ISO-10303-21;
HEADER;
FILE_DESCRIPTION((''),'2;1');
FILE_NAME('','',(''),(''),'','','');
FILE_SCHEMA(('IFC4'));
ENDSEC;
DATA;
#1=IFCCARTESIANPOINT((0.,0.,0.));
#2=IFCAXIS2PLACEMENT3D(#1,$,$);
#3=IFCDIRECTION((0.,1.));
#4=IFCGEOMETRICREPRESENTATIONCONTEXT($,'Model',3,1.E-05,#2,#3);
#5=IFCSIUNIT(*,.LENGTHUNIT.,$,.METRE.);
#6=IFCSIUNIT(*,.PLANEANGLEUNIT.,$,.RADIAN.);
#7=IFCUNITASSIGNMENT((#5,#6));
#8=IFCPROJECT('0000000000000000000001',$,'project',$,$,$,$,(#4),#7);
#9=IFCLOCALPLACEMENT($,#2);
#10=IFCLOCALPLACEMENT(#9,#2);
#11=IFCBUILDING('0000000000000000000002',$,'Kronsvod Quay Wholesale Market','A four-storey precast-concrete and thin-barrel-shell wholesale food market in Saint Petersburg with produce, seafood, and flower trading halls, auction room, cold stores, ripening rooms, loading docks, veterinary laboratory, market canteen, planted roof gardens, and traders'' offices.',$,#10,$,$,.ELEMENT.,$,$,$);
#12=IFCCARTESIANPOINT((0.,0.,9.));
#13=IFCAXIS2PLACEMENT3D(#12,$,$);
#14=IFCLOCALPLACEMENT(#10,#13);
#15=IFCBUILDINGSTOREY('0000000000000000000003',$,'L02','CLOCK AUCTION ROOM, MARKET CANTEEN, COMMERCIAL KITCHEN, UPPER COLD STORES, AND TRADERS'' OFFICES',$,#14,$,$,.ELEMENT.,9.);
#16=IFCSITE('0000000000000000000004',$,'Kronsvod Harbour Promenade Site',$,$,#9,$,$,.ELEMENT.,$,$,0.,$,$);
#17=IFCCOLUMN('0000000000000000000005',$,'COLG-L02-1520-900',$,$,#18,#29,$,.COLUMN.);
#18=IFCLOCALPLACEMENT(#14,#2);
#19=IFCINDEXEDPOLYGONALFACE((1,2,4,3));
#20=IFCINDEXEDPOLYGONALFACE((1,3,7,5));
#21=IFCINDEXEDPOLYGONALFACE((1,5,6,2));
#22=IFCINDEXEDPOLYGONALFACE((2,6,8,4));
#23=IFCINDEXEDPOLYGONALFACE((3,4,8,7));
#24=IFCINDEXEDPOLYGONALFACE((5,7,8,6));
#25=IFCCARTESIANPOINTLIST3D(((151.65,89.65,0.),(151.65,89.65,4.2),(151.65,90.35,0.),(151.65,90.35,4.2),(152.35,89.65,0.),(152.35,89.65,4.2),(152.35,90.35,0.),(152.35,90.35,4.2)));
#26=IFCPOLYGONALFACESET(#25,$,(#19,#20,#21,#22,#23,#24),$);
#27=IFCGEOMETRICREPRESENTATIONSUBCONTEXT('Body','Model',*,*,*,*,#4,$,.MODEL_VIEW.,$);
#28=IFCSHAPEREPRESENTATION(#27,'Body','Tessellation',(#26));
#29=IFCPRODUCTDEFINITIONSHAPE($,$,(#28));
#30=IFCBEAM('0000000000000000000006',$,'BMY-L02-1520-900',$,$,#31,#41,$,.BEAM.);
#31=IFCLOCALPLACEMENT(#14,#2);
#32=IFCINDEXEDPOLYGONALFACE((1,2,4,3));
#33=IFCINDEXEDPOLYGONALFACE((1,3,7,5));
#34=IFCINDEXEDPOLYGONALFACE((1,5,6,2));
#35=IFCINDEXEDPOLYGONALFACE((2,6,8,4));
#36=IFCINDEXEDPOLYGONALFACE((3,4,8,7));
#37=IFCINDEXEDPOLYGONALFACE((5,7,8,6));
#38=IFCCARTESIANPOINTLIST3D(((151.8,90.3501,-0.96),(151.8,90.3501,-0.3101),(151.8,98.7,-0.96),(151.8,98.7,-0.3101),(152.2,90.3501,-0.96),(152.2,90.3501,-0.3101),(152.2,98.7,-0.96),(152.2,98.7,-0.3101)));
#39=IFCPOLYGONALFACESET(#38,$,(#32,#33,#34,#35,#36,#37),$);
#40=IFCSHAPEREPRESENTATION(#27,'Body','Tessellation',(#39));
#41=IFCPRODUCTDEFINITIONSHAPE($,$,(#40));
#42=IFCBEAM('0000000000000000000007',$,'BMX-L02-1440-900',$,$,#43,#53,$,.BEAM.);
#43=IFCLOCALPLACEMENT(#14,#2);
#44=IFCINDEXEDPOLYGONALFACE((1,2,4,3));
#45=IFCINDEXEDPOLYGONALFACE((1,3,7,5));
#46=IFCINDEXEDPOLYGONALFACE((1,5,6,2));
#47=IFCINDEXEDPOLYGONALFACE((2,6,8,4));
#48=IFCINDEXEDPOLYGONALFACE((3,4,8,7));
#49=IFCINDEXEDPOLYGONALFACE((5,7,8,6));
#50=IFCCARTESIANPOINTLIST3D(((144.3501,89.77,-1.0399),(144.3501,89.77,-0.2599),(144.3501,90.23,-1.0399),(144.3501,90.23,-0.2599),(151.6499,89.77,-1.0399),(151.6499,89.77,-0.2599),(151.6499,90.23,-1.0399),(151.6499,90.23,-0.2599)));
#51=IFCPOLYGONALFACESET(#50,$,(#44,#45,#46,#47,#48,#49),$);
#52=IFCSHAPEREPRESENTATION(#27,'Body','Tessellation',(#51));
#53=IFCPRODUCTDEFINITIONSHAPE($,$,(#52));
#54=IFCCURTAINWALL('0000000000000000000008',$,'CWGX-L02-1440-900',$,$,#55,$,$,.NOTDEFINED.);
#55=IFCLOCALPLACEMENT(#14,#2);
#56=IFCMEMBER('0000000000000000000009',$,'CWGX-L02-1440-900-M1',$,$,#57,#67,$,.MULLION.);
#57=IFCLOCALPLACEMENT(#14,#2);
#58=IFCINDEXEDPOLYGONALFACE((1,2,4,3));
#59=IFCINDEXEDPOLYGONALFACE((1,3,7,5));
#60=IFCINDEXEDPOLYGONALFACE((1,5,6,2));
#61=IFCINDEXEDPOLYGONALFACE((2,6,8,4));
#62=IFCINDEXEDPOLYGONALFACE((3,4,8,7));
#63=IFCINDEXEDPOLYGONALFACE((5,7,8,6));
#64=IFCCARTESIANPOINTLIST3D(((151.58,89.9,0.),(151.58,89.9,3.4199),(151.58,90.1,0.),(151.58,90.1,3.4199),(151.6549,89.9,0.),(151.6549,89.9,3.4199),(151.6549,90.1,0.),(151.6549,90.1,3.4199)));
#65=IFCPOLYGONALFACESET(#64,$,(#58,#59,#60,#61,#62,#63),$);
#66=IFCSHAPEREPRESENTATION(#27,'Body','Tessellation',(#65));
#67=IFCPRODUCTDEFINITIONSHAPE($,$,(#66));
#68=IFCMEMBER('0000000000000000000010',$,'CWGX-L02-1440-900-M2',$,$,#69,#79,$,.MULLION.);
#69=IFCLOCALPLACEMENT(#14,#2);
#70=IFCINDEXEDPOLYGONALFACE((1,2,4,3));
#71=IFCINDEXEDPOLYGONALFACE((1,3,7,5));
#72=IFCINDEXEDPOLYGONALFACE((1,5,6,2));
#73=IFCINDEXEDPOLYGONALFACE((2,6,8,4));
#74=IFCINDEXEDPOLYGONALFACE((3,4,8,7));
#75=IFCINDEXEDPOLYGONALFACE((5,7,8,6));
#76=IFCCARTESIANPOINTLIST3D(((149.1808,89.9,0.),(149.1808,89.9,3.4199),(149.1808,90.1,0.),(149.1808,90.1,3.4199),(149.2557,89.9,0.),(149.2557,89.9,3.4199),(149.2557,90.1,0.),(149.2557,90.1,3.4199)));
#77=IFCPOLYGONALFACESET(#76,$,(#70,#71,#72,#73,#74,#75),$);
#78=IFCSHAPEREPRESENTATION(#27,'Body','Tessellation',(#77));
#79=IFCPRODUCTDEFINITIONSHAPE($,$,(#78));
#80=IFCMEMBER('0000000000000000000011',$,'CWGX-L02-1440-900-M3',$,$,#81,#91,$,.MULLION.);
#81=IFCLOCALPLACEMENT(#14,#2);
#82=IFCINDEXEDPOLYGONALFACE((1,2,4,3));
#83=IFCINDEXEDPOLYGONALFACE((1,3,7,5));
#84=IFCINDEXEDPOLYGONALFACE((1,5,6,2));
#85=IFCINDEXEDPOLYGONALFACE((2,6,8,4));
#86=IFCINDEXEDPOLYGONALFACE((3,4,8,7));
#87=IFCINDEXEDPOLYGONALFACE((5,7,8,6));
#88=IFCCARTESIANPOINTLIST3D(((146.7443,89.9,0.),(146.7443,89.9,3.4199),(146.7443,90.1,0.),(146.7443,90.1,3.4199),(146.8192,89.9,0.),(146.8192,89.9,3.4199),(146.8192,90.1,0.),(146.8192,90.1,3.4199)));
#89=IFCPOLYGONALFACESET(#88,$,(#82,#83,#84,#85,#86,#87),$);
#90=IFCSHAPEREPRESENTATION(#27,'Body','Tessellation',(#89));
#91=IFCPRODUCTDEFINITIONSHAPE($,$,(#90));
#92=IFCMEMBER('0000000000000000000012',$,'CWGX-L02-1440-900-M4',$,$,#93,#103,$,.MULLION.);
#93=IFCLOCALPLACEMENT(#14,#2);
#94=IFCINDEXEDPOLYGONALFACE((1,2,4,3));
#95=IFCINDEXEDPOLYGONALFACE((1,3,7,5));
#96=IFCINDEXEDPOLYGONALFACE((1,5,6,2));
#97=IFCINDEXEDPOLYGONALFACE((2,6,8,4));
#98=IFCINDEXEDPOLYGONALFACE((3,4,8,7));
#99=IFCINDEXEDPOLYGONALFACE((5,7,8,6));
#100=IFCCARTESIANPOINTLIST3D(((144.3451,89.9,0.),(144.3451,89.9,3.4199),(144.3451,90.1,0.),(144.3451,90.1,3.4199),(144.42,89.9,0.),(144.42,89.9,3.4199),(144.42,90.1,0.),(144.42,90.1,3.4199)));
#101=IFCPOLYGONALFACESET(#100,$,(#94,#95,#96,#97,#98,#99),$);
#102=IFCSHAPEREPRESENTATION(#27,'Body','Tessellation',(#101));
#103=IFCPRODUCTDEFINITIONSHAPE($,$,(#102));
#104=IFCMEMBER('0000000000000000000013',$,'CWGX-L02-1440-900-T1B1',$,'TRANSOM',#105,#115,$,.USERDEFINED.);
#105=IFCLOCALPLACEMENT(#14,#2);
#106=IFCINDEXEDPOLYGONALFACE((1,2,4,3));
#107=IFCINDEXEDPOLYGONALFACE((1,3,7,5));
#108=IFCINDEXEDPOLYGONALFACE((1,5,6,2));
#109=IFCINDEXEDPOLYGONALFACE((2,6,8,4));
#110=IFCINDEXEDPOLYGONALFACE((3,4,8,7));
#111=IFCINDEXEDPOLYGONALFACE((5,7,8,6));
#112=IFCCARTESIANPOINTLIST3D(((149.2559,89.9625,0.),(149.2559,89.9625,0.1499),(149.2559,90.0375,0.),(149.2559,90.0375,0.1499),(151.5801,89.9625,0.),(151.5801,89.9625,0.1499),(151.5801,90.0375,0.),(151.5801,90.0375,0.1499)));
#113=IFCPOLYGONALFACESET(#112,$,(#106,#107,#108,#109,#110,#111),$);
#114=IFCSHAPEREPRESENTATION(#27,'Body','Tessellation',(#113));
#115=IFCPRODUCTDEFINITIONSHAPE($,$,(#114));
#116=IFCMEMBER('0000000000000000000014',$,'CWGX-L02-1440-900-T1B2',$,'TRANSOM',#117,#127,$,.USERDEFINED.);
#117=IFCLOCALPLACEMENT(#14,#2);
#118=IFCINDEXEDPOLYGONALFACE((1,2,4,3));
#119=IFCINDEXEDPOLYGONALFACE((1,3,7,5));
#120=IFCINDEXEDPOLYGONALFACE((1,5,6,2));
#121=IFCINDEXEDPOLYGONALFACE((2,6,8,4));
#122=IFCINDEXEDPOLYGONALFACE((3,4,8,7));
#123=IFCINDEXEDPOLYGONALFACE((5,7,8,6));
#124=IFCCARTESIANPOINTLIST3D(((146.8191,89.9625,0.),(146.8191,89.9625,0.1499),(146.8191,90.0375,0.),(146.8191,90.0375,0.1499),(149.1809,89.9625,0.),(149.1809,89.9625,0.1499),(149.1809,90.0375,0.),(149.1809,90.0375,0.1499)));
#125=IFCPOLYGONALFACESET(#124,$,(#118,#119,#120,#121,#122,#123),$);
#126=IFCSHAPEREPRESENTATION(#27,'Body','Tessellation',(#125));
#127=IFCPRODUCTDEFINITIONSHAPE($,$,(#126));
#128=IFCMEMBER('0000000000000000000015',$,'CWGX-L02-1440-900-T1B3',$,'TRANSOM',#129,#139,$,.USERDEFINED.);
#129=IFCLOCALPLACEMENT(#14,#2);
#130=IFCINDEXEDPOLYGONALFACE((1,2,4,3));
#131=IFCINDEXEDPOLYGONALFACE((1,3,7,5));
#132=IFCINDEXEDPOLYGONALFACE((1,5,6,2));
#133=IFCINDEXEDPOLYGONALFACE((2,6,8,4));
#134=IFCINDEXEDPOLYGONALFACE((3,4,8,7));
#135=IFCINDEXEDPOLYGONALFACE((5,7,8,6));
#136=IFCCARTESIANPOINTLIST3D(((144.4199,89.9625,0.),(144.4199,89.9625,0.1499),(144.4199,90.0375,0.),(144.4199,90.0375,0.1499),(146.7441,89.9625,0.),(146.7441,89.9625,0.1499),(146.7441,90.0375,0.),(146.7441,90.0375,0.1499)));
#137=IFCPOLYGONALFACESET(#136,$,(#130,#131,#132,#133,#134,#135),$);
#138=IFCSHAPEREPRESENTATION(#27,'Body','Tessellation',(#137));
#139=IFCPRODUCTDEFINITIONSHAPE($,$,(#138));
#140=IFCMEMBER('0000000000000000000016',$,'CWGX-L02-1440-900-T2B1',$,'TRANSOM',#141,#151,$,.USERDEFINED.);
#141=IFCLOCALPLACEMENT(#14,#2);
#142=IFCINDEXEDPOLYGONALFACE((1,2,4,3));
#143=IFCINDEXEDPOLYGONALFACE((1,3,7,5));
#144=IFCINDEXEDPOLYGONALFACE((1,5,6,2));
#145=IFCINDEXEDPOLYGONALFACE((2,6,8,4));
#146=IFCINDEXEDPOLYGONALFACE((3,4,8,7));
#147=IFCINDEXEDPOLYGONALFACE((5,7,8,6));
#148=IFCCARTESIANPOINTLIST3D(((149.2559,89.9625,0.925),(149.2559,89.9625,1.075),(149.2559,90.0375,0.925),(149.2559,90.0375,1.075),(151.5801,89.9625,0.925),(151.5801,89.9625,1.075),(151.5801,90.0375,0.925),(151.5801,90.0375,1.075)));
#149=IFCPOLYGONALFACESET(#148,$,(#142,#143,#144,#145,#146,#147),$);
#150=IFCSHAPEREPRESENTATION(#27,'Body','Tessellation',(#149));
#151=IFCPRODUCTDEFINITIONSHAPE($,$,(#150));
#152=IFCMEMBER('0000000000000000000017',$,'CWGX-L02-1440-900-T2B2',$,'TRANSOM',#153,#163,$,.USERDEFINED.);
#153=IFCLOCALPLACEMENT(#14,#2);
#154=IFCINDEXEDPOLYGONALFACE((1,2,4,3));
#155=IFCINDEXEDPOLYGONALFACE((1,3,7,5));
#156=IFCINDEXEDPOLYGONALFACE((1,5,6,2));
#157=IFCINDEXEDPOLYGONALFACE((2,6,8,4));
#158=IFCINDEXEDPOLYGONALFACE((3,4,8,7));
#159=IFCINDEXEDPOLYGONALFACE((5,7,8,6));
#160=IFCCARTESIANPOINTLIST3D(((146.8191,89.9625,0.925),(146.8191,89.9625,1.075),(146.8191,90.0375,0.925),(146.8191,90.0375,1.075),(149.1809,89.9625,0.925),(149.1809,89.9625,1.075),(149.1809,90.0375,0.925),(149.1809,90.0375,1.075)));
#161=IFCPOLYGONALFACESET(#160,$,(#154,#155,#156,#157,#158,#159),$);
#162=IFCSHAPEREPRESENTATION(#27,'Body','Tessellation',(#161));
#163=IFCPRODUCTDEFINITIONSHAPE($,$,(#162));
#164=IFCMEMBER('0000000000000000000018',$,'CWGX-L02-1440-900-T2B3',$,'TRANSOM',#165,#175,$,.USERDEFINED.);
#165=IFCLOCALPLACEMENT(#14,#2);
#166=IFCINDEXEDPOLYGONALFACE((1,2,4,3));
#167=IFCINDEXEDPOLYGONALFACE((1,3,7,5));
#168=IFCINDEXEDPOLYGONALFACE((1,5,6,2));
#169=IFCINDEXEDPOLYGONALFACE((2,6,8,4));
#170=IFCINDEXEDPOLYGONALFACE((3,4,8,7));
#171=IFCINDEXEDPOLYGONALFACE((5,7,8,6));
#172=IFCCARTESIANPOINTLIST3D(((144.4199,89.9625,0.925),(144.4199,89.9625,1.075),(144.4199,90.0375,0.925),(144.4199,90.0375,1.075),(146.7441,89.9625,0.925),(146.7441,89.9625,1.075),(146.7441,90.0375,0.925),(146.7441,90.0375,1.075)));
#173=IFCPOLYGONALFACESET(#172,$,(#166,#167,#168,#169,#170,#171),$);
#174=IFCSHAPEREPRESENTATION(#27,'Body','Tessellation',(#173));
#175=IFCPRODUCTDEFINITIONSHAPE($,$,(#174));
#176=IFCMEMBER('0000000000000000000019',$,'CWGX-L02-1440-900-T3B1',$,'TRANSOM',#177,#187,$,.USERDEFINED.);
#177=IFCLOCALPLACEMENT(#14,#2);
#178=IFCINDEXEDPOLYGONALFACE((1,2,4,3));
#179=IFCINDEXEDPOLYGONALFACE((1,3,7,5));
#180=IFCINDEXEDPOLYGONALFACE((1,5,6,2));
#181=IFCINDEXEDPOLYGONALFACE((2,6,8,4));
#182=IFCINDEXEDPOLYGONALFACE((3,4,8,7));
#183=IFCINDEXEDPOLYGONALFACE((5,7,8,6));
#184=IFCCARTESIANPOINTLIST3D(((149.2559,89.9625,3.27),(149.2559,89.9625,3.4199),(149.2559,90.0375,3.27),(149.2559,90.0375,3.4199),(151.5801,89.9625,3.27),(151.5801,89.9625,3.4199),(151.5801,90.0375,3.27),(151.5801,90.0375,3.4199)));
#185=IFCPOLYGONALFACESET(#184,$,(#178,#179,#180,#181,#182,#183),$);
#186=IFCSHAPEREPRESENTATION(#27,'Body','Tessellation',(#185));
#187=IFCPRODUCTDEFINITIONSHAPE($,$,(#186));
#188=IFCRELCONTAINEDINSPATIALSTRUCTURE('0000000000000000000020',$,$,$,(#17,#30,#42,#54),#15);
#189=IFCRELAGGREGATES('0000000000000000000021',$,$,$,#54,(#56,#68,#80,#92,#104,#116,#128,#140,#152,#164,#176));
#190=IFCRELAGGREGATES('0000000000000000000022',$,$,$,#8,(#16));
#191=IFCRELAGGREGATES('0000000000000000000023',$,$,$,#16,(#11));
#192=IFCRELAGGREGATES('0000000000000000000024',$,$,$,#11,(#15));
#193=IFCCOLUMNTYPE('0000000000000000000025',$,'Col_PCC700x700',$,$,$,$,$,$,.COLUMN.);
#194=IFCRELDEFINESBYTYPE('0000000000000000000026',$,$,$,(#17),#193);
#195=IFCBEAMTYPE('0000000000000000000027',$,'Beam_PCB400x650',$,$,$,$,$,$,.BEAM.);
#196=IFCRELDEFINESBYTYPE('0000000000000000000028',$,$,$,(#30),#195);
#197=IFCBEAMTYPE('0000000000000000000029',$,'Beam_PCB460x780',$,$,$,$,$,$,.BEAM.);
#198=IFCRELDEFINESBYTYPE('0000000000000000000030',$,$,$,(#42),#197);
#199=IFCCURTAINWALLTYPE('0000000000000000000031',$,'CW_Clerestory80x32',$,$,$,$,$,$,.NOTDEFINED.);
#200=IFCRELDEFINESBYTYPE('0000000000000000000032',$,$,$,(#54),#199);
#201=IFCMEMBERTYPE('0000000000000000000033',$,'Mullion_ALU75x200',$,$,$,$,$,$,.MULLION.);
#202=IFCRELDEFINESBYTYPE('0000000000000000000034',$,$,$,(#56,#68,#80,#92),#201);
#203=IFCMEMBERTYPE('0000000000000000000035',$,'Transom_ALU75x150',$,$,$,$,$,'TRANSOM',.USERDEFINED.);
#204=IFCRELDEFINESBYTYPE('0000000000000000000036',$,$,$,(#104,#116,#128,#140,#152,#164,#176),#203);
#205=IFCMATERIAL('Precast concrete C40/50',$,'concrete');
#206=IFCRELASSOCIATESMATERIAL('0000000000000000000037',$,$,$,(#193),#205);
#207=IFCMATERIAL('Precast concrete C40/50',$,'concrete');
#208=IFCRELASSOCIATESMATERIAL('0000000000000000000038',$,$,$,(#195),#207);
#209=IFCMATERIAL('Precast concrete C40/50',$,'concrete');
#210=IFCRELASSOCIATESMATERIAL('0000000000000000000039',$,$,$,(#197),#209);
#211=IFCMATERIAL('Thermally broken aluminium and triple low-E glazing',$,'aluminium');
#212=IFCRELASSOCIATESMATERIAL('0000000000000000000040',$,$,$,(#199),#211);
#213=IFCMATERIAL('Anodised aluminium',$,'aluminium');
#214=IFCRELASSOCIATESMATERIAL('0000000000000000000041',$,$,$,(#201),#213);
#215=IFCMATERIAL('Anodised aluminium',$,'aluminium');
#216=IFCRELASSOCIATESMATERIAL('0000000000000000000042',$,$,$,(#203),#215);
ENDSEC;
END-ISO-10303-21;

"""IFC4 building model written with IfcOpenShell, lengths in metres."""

from ifc_helpers import new_model, si_unit, direction, frame, origin, origin_2d, place, context, subcontext, project, spatial, rectangle, extrude, material, material_profile, profile_set, type_object, element, aggregate, save


model = new_model("IFC4")

# Units and contexts
model_context = context("Model", 3, precision=1e-05, world=origin(), true_north=direction((0.0, 1.0)))
body_context = subcontext(model_context, "Body", "Model", "MODEL_VIEW")
ifc_project = project(units=[si_unit("LENGTHUNIT", "METRE"), si_unit("PLANEANGLEUNIT", "RADIAN")], contexts=[model_context])

# Site, building, storey
site_placement = place(None, origin())
site = spatial("IfcSite", under=ifc_project, at=site_placement, Name="Kronsvod Harbour Promenade Site", CompositionType="ELEMENT", RefElevation=0.0)
building_placement = place(site_placement, origin())
building = spatial("IfcBuilding", under=site, at=building_placement, Name="Kronsvod Quay Wholesale Market", Description="A four-storey precast-concrete and thin-barrel-shell wholesale food market in Saint Petersburg with produce, seafood, and flower trading halls, auction room, cold stores, ripening rooms, loading docks, veterinary laboratory, market canteen, planted roof gardens, and traders' offices.", CompositionType="ELEMENT")
storey_placement = place(building_placement, frame((0.0, 0.0, 9.0)))
storey = spatial("IfcBuildingStorey", under=building, at=storey_placement, Name="L02", Description="CLOCK AUCTION ROOM, MARKET CANTEEN, COMMERCIAL KITCHEN, UPPER COLD STORES, AND TRADERS' OFFICES", CompositionType="ELEMENT", Elevation=9.0)

# Column
ifc_material_1 = material(Name="Precast concrete C40/50", Category="concrete")
ifc_material_profile_1 = material_profile(ifc_material_1, rectangle(XDim=0.7, YDim=0.7, at=origin_2d()), Name="PCC700x700")
ifc_profile_set_1 = profile_set([ifc_material_profile_1], Name="Precast concrete C40/50")
column_type = type_object("IfcColumnType", Name="Col_PCC700x700", PredefinedType="COLUMN", material=ifc_profile_set_1)
column_placement = place(storey_placement, frame((152.0, 90.0, 0.0), z_axis=(0.0, 0.0, 1.0), x_axis=(1.0, 0.0, 0.0)))
element("IfcColumn", 1, at=column_placement, inside=storey, type_object=column_type, Name="COLG-L02-1520-900", PredefinedType="COLUMN", context=body_context, shape_type="SweptSolid", body=[
    extrude(rectangle(XDim=0.7, YDim=0.7, at=origin_2d()), origin(), (0.0, 0.0, 1.0), 4.2),
])

# Beams
ifc_material_2 = material(Name="Precast concrete C40/50", Category="concrete")
ifc_material_profile_2 = material_profile(ifc_material_2, rectangle(XDim=0.3999, YDim=0.6499, at=origin_2d()), Name="PCB400x650")
ifc_profile_set_2 = profile_set([ifc_material_profile_2], Name="Precast concrete C40/50")
beam_type_1 = type_object("IfcBeamType", Name="Beam_PCB400x650", PredefinedType="BEAM", material=ifc_profile_set_2)
beam_1_placement = place(storey_placement, frame((152.0, 90.3501, -0.635), z_axis=(0.0, 1.0, 0.0), x_axis=(-1.0, 0.0, 0.0)))
element("IfcBeam", 2, at=beam_1_placement, inside=storey, type_object=beam_type_1, Name="BMY-L02-1520-900", PredefinedType="BEAM", context=body_context, shape_type="SweptSolid", body=[
    extrude(rectangle(XDim=0.3999, YDim=0.6499, at=origin_2d()), origin(), (0.0, 0.0, 1.0), 8.3499),
])
ifc_material_3 = material(Name="Precast concrete C40/50", Category="concrete")
ifc_material_profile_3 = material_profile(ifc_material_3, rectangle(XDim=0.46, YDim=0.78, at=origin_2d()), Name="PB-03")
ifc_profile_set_3 = profile_set([ifc_material_profile_3], Name="Precast concrete C40/50")
beam_type_2 = type_object("IfcBeamType", Name="Beam_PCB460x780", PredefinedType="BEAM", material=ifc_profile_set_3)
beam_2_placement = place(storey_placement, frame((144.3501, 90.0, -0.6499), z_axis=(1.0, 0.0, 0.0), x_axis=(0.0, 1.0, 0.0)))
element("IfcBeam", 3, at=beam_2_placement, inside=storey, type_object=beam_type_2, Name="BMX-L02-1440-900", PredefinedType="BEAM", context=body_context, shape_type="SweptSolid", body=[
    extrude(rectangle(XDim=0.46, YDim=0.78, at=origin_2d()), origin(), (0.0, 0.0, 1.0), 7.2998),
])

# Curtain wall, members
ifc_material_4 = material(Name="Thermally broken aluminium and triple low-E glazing", Category="aluminium")
curtain_wall_type = type_object("IfcCurtainWallType", Name="CW_Clerestory80x32", PredefinedType="NOTDEFINED", material=ifc_material_4)
curtain_wall_placement = place(storey_placement, origin())
curtain_wall = element("IfcCurtainWall", 4, at=curtain_wall_placement, inside=storey, type_object=curtain_wall_type, Name="CWGX-L02-1440-900", PredefinedType="NOTDEFINED")
ifc_material_5 = material(Name="Anodised aluminium", Category="aluminium")
ifc_material_profile_4 = material_profile(ifc_material_5, rectangle(XDim=0.075, YDim=0.2, at=origin_2d()), Name="ALUM75x200")
ifc_profile_set_4 = profile_set([ifc_material_profile_4], Name="Anodised aluminium")
member_type_1 = type_object("IfcMemberType", Name="Mullion_ALU75x200", PredefinedType="MULLION", material=ifc_profile_set_4)
member_1_placement = place(storey_placement, frame((151.6174, 90.0, 0.0), z_axis=(0.0, 0.0, 1.0), x_axis=(1.0, 0.0, 0.0)))
member_1 = element("IfcMember", 5, at=member_1_placement, type_object=member_type_1, Name="CWGX-L02-1440-900-M1", PredefinedType="MULLION", context=body_context, shape_type="SweptSolid", body=[
    extrude(rectangle(XDim=0.075, YDim=0.2, at=origin_2d()), origin(), (0.0, 0.0, 1.0), 3.4199),
])
member_2_placement = place(storey_placement, frame((149.2183, 90.0, 0.0), z_axis=(0.0, 0.0, 1.0), x_axis=(1.0, 0.0, 0.0)))
member_2 = element("IfcMember", 6, at=member_2_placement, type_object=member_type_1, Name="CWGX-L02-1440-900-M2", PredefinedType="MULLION", context=body_context, shape_type="SweptSolid", body=[
    extrude(rectangle(XDim=0.075, YDim=0.2, at=origin_2d()), origin(), (0.0, 0.0, 1.0), 3.4199),
])
member_3_placement = place(storey_placement, frame((146.7817, 90.0, 0.0), z_axis=(0.0, 0.0, 1.0), x_axis=(1.0, 0.0, 0.0)))
member_3 = element("IfcMember", 7, at=member_3_placement, type_object=member_type_1, Name="CWGX-L02-1440-900-M3", PredefinedType="MULLION", context=body_context, shape_type="SweptSolid", body=[
    extrude(rectangle(XDim=0.075, YDim=0.2, at=origin_2d()), origin(), (0.0, 0.0, 1.0), 3.4199),
])
member_4_placement = place(storey_placement, frame((144.3826, 90.0, 0.0), z_axis=(0.0, 0.0, 1.0), x_axis=(1.0, 0.0, 0.0)))
member_4 = element("IfcMember", 8, at=member_4_placement, type_object=member_type_1, Name="CWGX-L02-1440-900-M4", PredefinedType="MULLION", context=body_context, shape_type="SweptSolid", body=[
    extrude(rectangle(XDim=0.075, YDim=0.2, at=origin_2d()), origin(), (0.0, 0.0, 1.0), 3.4199),
])
ifc_material_6 = material(Name="Anodised aluminium", Category="aluminium")
ifc_material_profile_5 = material_profile(ifc_material_6, rectangle(XDim=0.075, YDim=0.1499, at=origin_2d()), Name="ALUT75x150")
ifc_profile_set_5 = profile_set([ifc_material_profile_5], Name="Anodised aluminium")
member_type_2 = type_object("IfcMemberType", Name="Transom_ALU75x150", ElementType="TRANSOM", PredefinedType="USERDEFINED", material=ifc_profile_set_5)
member_5_placement = place(storey_placement, frame((151.5801, 90.0, 0.075), z_axis=(-1.0, 0.0, 0.0), x_axis=(0.0, -1.0, 0.0)))
member_5 = element("IfcMember", 9, at=member_5_placement, type_object=member_type_2, Name="CWGX-L02-1440-900-T1B1", ObjectType="TRANSOM", PredefinedType="USERDEFINED", context=body_context, shape_type="SweptSolid", body=[
    extrude(rectangle(XDim=0.075, YDim=0.1499, at=origin_2d()), origin(), (0.0, 0.0, 1.0), 2.3242),
])
member_6_placement = place(storey_placement, frame((149.1809, 90.0, 0.075), z_axis=(-1.0, 0.0, 0.0), x_axis=(0.0, -1.0, 0.0)))
member_6 = element("IfcMember", 10, at=member_6_placement, type_object=member_type_2, Name="CWGX-L02-1440-900-T1B2", ObjectType="TRANSOM", PredefinedType="USERDEFINED", context=body_context, shape_type="SweptSolid", body=[
    extrude(rectangle(XDim=0.075, YDim=0.1499, at=origin_2d()), origin(), (0.0, 0.0, 1.0), 2.3618),
])
member_7_placement = place(storey_placement, frame((146.7441, 90.0, 0.075), z_axis=(-1.0, 0.0, 0.0), x_axis=(0.0, -1.0, 0.0)))
member_7 = element("IfcMember", 11, at=member_7_placement, type_object=member_type_2, Name="CWGX-L02-1440-900-T1B3", ObjectType="TRANSOM", PredefinedType="USERDEFINED", context=body_context, shape_type="SweptSolid", body=[
    extrude(rectangle(XDim=0.075, YDim=0.1499, at=origin_2d()), origin(), (0.0, 0.0, 1.0), 2.3242),
])
member_8_placement = place(storey_placement, frame((151.5801, 90.0, 1.0), z_axis=(-1.0, 0.0, 0.0), x_axis=(0.0, -1.0, 0.0)))
member_8 = element("IfcMember", 12, at=member_8_placement, type_object=member_type_2, Name="CWGX-L02-1440-900-T2B1", ObjectType="TRANSOM", PredefinedType="USERDEFINED", context=body_context, shape_type="SweptSolid", body=[
    extrude(rectangle(XDim=0.075, YDim=0.1499, at=origin_2d()), origin(), (0.0, 0.0, 1.0), 2.3242),
])
member_9_placement = place(storey_placement, frame((149.1809, 90.0, 1.0), z_axis=(-1.0, 0.0, 0.0), x_axis=(0.0, -1.0, 0.0)))
member_9 = element("IfcMember", 13, at=member_9_placement, type_object=member_type_2, Name="CWGX-L02-1440-900-T2B2", ObjectType="TRANSOM", PredefinedType="USERDEFINED", context=body_context, shape_type="SweptSolid", body=[
    extrude(rectangle(XDim=0.075, YDim=0.1499, at=origin_2d()), origin(), (0.0, 0.0, 1.0), 2.3618),
])
member_10_placement = place(storey_placement, frame((146.7441, 90.0, 1.0), z_axis=(-1.0, 0.0, 0.0), x_axis=(0.0, -1.0, 0.0)))
member_10 = element("IfcMember", 14, at=member_10_placement, type_object=member_type_2, Name="CWGX-L02-1440-900-T2B3", ObjectType="TRANSOM", PredefinedType="USERDEFINED", context=body_context, shape_type="SweptSolid", body=[
    extrude(rectangle(XDim=0.075, YDim=0.1499, at=origin_2d()), origin(), (0.0, 0.0, 1.0), 2.3242),
])
member_11_placement = place(storey_placement, frame((151.5801, 90.0, 3.345), z_axis=(-1.0, 0.0, 0.0), x_axis=(0.0, -1.0, 0.0)))
member_11 = element("IfcMember", 15, at=member_11_placement, type_object=member_type_2, Name="CWGX-L02-1440-900-T3B1", ObjectType="TRANSOM", PredefinedType="USERDEFINED", context=body_context, shape_type="SweptSolid", body=[
    extrude(rectangle(XDim=0.075, YDim=0.1499, at=origin_2d()), origin(), (0.0, 0.0, 1.0), 2.3242),
])
aggregate(curtain_wall, [member_1, member_2, member_3, member_4, member_5, member_6, member_7, member_8, member_9, member_10, member_11])

save(model, "model.ifc")
